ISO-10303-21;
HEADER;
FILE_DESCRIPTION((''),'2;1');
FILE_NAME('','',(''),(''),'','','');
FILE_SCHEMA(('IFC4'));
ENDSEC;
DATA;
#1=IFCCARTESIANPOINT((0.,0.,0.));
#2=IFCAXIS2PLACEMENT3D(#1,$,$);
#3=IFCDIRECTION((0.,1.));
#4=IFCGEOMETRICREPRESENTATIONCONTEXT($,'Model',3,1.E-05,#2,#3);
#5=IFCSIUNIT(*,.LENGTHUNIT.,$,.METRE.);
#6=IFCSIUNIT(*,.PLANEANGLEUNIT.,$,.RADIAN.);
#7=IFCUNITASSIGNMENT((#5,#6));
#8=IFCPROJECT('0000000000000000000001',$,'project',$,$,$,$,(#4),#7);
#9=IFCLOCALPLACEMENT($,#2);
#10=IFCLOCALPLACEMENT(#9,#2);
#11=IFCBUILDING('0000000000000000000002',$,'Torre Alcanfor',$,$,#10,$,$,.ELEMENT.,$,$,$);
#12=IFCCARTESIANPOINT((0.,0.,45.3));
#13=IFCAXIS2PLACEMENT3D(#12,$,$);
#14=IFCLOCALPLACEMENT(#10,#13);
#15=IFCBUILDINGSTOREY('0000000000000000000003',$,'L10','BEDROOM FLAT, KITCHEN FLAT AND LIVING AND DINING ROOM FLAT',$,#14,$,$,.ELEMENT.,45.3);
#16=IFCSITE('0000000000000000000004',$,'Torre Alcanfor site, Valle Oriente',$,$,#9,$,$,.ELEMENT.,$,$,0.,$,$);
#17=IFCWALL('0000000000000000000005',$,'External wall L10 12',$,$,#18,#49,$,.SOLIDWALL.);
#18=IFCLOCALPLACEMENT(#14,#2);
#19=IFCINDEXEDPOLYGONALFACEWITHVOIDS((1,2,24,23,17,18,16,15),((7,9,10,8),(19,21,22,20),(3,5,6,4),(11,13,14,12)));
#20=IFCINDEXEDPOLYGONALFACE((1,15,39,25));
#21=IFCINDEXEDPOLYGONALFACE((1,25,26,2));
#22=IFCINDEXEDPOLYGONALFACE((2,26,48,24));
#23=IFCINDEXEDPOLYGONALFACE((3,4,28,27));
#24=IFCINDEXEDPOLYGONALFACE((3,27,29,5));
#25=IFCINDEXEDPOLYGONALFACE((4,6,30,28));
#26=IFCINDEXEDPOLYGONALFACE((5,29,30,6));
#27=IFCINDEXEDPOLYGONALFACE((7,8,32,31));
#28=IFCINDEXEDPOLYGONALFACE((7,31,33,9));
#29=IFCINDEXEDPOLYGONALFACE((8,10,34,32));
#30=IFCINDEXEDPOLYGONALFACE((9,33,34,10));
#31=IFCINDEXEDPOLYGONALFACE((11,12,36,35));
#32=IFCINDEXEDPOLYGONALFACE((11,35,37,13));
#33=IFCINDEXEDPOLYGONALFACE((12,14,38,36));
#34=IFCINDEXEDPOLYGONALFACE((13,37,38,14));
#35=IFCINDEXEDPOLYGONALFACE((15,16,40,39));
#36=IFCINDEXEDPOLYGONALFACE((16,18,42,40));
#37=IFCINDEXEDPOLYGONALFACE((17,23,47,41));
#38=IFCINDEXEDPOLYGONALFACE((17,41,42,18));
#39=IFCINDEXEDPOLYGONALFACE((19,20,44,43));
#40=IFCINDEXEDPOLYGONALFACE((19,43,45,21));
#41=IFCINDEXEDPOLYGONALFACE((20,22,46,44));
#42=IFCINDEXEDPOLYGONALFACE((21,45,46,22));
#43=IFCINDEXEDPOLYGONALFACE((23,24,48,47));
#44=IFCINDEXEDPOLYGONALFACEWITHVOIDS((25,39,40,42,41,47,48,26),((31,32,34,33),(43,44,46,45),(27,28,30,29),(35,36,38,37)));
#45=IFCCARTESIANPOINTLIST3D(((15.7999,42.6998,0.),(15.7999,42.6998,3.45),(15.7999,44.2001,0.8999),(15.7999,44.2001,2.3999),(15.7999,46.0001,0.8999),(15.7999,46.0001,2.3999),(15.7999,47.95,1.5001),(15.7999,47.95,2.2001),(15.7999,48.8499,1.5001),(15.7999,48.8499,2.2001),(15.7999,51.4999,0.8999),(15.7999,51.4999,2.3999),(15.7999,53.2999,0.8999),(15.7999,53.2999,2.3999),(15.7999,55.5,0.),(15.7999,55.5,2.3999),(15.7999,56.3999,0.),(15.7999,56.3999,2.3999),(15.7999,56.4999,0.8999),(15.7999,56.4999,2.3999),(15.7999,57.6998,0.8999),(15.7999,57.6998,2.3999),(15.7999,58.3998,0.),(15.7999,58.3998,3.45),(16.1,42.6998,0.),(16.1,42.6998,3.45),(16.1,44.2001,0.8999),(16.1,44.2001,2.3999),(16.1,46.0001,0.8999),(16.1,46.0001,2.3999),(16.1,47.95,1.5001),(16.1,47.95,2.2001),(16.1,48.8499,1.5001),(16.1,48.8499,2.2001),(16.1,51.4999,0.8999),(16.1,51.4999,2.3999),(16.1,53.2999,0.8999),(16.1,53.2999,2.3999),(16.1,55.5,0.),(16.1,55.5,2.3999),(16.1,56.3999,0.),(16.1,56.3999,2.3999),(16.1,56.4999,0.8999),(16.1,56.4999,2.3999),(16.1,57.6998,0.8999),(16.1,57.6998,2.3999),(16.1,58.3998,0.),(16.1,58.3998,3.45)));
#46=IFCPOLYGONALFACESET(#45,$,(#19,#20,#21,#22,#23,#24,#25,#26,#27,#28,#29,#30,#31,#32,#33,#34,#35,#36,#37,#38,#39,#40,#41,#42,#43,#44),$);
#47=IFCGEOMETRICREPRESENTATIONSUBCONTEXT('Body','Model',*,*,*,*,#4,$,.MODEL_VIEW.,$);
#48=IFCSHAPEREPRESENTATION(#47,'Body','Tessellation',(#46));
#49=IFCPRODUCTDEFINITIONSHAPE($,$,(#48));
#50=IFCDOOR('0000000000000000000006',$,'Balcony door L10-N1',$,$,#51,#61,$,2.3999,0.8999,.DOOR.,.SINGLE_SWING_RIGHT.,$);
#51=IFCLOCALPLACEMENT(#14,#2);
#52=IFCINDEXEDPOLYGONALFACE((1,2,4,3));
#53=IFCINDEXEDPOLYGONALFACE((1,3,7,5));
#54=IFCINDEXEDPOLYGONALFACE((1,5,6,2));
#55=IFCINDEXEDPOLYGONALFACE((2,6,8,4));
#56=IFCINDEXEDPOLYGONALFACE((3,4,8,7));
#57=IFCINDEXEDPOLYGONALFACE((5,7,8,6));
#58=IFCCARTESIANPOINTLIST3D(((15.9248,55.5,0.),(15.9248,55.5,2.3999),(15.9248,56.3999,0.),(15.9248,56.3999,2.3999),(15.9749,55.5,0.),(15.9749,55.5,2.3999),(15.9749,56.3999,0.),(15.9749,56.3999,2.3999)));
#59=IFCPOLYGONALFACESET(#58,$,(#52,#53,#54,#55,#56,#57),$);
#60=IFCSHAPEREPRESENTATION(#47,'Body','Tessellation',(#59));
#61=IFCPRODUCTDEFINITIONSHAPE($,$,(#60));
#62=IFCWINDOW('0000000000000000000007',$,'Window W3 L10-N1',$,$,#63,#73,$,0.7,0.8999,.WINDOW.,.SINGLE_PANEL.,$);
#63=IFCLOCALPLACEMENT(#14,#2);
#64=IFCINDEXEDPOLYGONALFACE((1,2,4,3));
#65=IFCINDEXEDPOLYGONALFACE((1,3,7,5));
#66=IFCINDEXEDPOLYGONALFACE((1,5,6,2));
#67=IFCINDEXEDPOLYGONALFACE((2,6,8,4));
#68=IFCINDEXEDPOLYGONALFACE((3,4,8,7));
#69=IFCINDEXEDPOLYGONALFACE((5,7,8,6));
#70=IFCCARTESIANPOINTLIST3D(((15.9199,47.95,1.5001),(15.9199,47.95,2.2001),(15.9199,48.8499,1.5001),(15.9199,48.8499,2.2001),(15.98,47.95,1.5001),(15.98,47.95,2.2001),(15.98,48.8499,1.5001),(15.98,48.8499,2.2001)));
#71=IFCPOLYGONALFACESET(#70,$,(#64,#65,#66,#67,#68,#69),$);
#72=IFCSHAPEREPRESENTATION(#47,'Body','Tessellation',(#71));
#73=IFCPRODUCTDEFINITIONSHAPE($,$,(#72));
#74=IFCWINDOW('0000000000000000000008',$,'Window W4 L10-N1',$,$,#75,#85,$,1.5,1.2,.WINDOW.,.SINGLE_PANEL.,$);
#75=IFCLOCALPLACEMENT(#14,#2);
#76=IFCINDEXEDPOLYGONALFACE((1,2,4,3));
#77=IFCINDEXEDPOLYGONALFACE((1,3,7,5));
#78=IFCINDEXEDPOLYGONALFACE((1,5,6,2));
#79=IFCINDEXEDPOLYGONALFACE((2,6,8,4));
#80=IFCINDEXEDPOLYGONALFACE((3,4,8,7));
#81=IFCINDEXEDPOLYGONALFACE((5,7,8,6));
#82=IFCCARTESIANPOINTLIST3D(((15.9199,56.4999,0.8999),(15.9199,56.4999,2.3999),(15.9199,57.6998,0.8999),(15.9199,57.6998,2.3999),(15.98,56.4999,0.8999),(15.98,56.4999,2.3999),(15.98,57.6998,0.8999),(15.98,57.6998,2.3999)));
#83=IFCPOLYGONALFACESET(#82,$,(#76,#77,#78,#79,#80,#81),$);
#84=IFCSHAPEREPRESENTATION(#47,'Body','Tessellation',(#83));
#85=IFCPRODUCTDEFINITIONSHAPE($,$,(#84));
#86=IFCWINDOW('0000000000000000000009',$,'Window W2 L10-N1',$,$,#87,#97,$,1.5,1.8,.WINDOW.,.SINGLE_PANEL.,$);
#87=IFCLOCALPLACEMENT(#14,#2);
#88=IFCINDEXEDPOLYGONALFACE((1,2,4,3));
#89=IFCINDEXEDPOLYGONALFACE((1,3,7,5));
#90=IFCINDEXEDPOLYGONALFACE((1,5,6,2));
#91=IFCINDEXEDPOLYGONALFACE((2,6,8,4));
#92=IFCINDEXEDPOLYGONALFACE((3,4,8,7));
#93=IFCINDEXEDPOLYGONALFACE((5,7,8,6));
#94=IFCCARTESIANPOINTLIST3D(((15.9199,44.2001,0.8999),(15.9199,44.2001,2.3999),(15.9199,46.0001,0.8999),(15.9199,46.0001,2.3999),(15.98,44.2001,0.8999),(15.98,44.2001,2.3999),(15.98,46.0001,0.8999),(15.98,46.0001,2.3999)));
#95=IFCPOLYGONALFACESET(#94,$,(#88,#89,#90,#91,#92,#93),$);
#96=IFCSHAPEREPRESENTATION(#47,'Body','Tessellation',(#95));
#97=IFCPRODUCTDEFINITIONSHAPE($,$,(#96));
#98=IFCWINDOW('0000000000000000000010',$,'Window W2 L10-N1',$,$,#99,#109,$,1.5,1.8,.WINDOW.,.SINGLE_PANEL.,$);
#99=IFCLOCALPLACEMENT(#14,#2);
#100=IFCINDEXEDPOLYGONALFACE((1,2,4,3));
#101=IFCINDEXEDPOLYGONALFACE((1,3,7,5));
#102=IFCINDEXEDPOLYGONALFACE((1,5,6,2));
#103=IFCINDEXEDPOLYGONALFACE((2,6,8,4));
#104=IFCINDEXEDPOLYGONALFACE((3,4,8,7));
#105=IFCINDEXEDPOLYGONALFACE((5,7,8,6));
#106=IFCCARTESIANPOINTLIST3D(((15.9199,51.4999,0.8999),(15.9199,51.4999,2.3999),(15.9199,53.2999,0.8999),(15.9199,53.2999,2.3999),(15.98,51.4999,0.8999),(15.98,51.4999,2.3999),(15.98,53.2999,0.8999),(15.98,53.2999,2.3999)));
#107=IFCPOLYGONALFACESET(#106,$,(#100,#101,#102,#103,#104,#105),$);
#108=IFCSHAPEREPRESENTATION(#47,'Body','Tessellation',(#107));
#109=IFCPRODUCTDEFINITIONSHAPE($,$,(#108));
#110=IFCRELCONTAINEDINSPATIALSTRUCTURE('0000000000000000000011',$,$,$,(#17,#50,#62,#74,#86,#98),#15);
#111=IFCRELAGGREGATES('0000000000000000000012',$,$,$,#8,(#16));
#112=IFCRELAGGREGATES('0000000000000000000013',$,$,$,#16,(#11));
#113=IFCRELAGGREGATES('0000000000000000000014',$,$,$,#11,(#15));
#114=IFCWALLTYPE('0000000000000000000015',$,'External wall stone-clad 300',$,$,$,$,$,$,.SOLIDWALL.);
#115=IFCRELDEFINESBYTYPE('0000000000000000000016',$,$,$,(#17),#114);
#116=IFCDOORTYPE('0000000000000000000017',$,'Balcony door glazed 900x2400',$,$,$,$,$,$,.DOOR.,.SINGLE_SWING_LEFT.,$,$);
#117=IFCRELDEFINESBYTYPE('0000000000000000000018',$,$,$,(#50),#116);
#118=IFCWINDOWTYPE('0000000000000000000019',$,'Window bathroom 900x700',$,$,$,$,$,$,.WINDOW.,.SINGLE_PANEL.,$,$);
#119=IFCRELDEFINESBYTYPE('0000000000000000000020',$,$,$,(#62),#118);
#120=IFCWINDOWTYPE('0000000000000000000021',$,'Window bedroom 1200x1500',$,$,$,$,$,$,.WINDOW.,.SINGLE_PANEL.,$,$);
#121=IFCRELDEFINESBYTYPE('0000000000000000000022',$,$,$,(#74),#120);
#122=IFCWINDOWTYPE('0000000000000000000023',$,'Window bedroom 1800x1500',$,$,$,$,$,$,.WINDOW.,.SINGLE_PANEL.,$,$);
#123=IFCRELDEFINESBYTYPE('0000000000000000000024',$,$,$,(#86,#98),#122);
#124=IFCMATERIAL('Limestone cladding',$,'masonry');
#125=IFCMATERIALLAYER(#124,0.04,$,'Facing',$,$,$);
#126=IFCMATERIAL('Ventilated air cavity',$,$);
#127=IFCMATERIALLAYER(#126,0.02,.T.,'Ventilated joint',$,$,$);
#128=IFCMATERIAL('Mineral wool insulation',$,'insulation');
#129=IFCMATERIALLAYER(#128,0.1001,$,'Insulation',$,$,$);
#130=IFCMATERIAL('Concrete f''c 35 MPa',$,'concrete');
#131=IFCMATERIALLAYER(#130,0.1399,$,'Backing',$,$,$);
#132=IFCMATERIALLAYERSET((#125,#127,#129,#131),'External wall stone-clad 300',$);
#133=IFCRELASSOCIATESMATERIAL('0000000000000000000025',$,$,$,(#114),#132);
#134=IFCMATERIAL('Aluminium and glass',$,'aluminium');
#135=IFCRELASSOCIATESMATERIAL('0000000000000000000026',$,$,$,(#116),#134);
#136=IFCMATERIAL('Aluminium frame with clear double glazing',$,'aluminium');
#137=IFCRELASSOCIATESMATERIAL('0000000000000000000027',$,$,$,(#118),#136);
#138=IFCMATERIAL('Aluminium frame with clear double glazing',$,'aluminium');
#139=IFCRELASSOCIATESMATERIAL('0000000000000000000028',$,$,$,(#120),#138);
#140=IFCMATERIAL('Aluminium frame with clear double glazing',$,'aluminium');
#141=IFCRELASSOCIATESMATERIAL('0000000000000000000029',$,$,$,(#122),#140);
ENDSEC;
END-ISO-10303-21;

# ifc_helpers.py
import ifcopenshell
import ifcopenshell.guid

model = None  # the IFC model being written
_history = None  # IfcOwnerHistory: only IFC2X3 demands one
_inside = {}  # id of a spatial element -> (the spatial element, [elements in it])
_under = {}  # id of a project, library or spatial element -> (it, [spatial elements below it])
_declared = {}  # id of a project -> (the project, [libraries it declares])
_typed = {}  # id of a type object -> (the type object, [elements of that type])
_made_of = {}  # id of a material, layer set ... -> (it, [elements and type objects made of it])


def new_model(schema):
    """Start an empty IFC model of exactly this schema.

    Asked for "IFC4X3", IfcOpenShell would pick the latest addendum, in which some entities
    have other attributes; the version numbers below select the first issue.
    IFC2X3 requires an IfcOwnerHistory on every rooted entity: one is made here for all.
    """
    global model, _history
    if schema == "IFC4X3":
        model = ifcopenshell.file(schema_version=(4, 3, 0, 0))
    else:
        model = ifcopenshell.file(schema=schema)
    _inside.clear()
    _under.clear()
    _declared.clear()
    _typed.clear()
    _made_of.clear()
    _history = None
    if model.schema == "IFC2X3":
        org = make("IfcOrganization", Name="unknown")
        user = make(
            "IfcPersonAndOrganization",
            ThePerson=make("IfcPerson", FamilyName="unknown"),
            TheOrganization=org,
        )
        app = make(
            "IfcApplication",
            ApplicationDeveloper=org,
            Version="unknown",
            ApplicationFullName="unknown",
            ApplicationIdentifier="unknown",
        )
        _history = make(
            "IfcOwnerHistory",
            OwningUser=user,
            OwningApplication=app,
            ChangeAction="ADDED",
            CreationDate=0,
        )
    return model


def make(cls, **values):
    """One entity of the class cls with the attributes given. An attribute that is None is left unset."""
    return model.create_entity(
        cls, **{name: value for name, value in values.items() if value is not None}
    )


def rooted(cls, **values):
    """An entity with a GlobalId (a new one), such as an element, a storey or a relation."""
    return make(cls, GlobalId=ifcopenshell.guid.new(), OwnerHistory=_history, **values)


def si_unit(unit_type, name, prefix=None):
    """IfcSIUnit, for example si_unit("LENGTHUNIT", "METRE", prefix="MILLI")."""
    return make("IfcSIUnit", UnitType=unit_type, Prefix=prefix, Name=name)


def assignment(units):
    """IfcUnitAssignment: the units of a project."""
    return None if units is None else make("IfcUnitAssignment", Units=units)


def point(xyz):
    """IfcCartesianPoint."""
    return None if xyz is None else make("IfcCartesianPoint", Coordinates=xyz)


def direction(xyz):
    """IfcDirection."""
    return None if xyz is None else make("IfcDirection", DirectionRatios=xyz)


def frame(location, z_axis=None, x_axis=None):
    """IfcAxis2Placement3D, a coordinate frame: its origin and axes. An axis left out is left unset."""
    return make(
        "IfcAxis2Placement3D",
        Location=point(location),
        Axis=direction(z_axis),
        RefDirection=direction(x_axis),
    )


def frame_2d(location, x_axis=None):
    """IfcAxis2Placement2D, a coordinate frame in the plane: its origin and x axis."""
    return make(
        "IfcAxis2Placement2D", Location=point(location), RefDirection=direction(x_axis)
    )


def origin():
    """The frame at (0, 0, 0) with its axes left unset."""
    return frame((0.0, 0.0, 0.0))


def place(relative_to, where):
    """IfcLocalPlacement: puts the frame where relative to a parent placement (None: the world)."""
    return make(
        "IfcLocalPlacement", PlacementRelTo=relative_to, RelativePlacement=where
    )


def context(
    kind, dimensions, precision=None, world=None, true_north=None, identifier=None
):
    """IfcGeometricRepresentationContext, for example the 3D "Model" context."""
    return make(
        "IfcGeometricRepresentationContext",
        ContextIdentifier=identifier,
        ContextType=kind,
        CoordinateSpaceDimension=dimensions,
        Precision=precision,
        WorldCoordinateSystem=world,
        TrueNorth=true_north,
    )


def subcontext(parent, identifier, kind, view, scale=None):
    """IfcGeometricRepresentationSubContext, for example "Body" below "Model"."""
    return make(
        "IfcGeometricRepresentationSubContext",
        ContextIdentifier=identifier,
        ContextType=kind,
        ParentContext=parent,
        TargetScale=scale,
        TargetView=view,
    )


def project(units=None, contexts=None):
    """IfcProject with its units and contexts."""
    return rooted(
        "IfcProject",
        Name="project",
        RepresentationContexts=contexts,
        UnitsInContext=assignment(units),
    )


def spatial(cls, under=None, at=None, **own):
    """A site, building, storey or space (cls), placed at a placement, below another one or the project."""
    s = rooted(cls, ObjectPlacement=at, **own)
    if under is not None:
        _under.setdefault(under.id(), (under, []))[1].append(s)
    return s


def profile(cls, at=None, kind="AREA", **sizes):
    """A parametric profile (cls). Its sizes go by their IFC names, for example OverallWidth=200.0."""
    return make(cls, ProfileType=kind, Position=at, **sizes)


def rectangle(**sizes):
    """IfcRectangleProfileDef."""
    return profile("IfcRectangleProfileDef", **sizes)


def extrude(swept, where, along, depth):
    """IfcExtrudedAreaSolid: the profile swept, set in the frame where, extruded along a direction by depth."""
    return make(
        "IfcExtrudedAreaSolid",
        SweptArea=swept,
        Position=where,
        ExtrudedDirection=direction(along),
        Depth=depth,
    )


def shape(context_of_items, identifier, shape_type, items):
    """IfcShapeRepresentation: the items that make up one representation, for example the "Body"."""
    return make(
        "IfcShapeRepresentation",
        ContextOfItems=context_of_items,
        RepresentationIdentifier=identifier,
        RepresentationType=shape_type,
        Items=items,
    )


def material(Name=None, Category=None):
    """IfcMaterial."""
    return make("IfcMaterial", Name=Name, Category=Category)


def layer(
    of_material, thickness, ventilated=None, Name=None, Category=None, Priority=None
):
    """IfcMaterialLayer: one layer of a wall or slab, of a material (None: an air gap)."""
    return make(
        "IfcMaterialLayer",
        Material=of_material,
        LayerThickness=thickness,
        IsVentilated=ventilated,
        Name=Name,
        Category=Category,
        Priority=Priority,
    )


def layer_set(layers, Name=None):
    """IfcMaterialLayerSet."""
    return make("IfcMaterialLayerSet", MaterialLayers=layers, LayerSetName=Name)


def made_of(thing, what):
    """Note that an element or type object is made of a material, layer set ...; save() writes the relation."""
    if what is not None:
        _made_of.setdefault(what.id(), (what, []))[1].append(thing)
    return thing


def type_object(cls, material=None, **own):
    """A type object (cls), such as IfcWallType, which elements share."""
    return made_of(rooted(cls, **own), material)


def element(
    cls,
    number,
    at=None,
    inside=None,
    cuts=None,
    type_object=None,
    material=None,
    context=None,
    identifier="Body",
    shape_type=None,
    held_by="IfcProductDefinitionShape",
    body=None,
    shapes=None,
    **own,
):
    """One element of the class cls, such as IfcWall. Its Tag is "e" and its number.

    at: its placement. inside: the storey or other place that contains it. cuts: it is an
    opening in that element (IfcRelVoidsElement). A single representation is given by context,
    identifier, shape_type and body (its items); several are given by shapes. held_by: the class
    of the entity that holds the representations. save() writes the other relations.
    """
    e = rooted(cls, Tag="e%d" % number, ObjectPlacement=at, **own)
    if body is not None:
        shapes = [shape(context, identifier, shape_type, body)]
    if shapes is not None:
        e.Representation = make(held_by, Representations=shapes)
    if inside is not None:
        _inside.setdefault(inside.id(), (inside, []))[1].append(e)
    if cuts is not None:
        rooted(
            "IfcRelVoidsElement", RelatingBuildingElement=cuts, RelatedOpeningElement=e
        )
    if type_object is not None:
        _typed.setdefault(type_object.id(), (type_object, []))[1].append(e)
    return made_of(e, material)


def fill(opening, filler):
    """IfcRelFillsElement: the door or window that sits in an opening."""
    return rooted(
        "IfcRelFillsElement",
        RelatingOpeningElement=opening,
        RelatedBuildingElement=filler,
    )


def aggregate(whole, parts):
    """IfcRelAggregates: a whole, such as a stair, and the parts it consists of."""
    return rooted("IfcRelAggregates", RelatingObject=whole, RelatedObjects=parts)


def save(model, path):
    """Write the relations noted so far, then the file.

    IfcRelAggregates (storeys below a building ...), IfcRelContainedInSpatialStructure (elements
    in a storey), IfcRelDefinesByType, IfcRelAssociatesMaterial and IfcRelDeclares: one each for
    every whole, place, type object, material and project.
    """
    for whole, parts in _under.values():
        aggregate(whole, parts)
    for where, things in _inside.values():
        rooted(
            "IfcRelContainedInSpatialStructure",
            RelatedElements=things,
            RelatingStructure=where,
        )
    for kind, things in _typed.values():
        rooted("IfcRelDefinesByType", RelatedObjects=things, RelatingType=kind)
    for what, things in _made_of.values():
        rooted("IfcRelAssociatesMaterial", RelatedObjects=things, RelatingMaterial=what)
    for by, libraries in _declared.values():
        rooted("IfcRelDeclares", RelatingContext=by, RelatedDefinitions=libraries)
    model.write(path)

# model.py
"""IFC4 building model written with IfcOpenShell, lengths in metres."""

from ifc_helpers import new_model, si_unit, direction, frame, frame_2d, origin, place, context, subcontext, project, spatial, rectangle, extrude, material, layer, layer_set, type_object, element, fill, save


model = new_model("IFC4")

# Units and contexts
model_context = context("Model", 3, precision=1e-05, world=origin(), true_north=direction((0.0, 1.0)))
body_context = subcontext(model_context, "Body", "Model", "MODEL_VIEW")
ifc_project = project(units=[si_unit("LENGTHUNIT", "METRE"), si_unit("PLANEANGLEUNIT", "RADIAN")], contexts=[model_context])

# Site, building, storey
site_placement = place(None, origin())
site = spatial("IfcSite", under=ifc_project, at=site_placement, Name="Torre Alcanfor site, Valle Oriente", CompositionType="ELEMENT", RefElevation=0.0)
building_placement = place(site_placement, origin())
building = spatial("IfcBuilding", under=site, at=building_placement, Name="Torre Alcanfor", CompositionType="ELEMENT")
storey_placement = place(building_placement, frame((0.0, 0.0, 45.3)))
storey = spatial("IfcBuildingStorey", under=building, at=storey_placement, Name="L10", Description="BEDROOM FLAT, KITCHEN FLAT AND LIVING AND DINING ROOM FLAT", CompositionType="ELEMENT", Elevation=45.3)

# Wall, openings, door, windows
ifc_material_1 = material(Name="Limestone cladding", Category="masonry")
ifc_layer_1 = layer(ifc_material_1, 0.04, Name="Facing")
ifc_material_2 = material(Name="Ventilated air cavity")
ifc_layer_2 = layer(ifc_material_2, 0.02, ventilated=True, Name="Ventilated joint")
ifc_material_3 = material(Name="Mineral wool insulation", Category="insulation")
ifc_layer_3 = layer(ifc_material_3, 0.1001, Name="Insulation")
ifc_material_4 = material(Name="Concrete f'c 35 MPa", Category="concrete")
ifc_layer_4 = layer(ifc_material_4, 0.1399, Name="Backing")
ifc_layer_set_1 = layer_set([ifc_layer_1, ifc_layer_2, ifc_layer_3, ifc_layer_4], Name="External wall stone-clad 300")
wall_type_1 = type_object("IfcWallType", Name="External wall stone-clad 300", PredefinedType="SOLIDWALL", material=ifc_layer_set_1)
ifc_material_5 = material(Name="Aluminium and glass", Category="aluminium")
door_type = type_object("IfcDoorType", Name="Balcony door glazed 900x2400", OperationType="SINGLE_SWING_LEFT", PredefinedType="DOOR", material=ifc_material_5)
ifc_material_6 = material(Name="Aluminium frame with clear double glazing", Category="aluminium")
window_type_1 = type_object("IfcWindowType", Name="Window bathroom 900x700", PartitioningType="SINGLE_PANEL", PredefinedType="WINDOW", material=ifc_material_6)
ifc_material_7 = material(Name="Aluminium frame with clear double glazing", Category="aluminium")
window_type_2 = type_object("IfcWindowType", Name="Window bedroom 1200x1500", PartitioningType="SINGLE_PANEL", PredefinedType="WINDOW", material=ifc_material_7)
ifc_material_8 = material(Name="Aluminium frame with clear double glazing", Category="aluminium")
window_type_3 = type_object("IfcWindowType", Name="Window bedroom 1800x1500", PartitioningType="SINGLE_PANEL", PredefinedType="WINDOW", material=ifc_material_8)
wall_1_placement = place(storey_placement, frame((15.95, 58.3999, 0.0), z_axis=(0.0, 0.0, 1.0), x_axis=(0.0, -1.0, 0.0)))
wall_1 = element("IfcWall", 1, at=wall_1_placement, inside=storey, type_object=wall_type_1, Name="External wall L10 12", PredefinedType="SOLIDWALL", context=body_context, shape_type="SweptSolid", body=[
    extrude(rectangle(XDim=15.7, YDim=0.3, at=frame_2d((7.8501, 0.0))), origin(), (0.0, 0.0, 1.0), 3.45),
])
opening_1_placement = place(wall_1_placement, frame((12.3999, 0.0, 0.8999)))
opening_1 = element("IfcOpeningElement", 2, at=opening_1_placement, cuts=wall_1, PredefinedType="OPENING", context=body_context, shape_type="SweptSolid", body=[
    extrude(rectangle(XDim=1.8, YDim=1.5, at=frame_2d((0.8999, 0.75))), frame((0.0, 0.1599, 0.0), z_axis=(0.0, -1.0, 0.0), x_axis=(1.0, 0.0, 0.0)), (0.0, 0.0, 1.0), 0.3201),
])
opening_2_placement = place(wall_1_placement, frame((9.55, 0.0, 1.5)))
opening_2 = element("IfcOpeningElement", 3, at=opening_2_placement, cuts=wall_1, PredefinedType="OPENING", context=body_context, shape_type="SweptSolid", body=[
    extrude(rectangle(XDim=0.8999, YDim=0.7, at=frame_2d((0.45, 0.3501))), frame((0.0, 0.1599, 0.0), z_axis=(0.0, -1.0, 0.0), x_axis=(1.0, 0.0, 0.0)), (0.0, 0.0, 1.0), 0.3201),
])
opening_3_placement = place(wall_1_placement, frame((5.1001, 0.0, 0.8999)))
opening_3 = element("IfcOpeningElement", 4, at=opening_3_placement, cuts=wall_1, PredefinedType="OPENING", context=body_context, shape_type="SweptSolid", body=[
    extrude(rectangle(XDim=1.8, YDim=1.5, at=frame_2d((0.8999, 0.75))), frame((0.0, 0.1599, 0.0), z_axis=(0.0, -1.0, 0.0), x_axis=(1.0, 0.0, 0.0)), (0.0, 0.0, 1.0), 0.3201),
])
opening_4_placement = place(wall_1_placement, frame((2.0, 0.0, 0.0)))
opening_4 = element("IfcOpeningElement", 5, at=opening_4_placement, cuts=wall_1, PredefinedType="OPENING", context=body_context, shape_type="SweptSolid", body=[
    extrude(rectangle(XDim=0.8999, YDim=2.3999, at=frame_2d((0.45, 1.2))), frame((0.0, 0.1599, 0.0), z_axis=(0.0, -1.0, 0.0), x_axis=(1.0, 0.0, 0.0)), (0.0, 0.0, 1.0), 0.3201),
])
opening_5_placement = place(wall_1_placement, frame((0.7, 0.0, 0.8999)))
opening_5 = element("IfcOpeningElement", 6, at=opening_5_placement, cuts=wall_1, PredefinedType="OPENING", context=body_context, shape_type="SweptSolid", body=[
    extrude(rectangle(XDim=1.2, YDim=1.5, at=frame_2d((0.6001, 0.75))), frame((0.0, 0.1599, 0.0), z_axis=(0.0, -1.0, 0.0), x_axis=(1.0, 0.0, 0.0)), (0.0, 0.0, 1.0), 0.3201),
])
door_1_placement = place(opening_4_placement, origin())
door_1 = element("IfcDoor", 7, at=door_1_placement, inside=storey, type_object=door_type, Name="Balcony door L10-N1", OperationType="SINGLE_SWING_RIGHT", OverallHeight=2.3999, OverallWidth=0.8999, PredefinedType="DOOR", context=body_context, shape_type="SweptSolid", body=[
    extrude(rectangle(XDim=0.8999, YDim=2.3999, at=frame_2d((0.45, 1.2))), frame((0.0, 0.0249, 0.0), z_axis=(0.0, -1.0, 0.0), x_axis=(1.0, 0.0, 0.0)), (0.0, 0.0, 1.0), 0.05),
])
fill(opening_4, door_1)
window_1_placement = place(opening_2_placement, origin())
window_1 = element("IfcWindow", 8, at=window_1_placement, inside=storey, type_object=window_type_1, Name="Window W3 L10-N1", OverallHeight=0.7, OverallWidth=0.8999, PartitioningType="SINGLE_PANEL", PredefinedType="WINDOW", context=body_context, shape_type="SweptSolid", body=[
    extrude(rectangle(XDim=0.8999, YDim=0.7, at=frame_2d((0.45, 0.3501))), frame((0.0, 0.03, 0.0), z_axis=(0.0, -1.0, 0.0), x_axis=(1.0, 0.0, 0.0)), (0.0, 0.0, 1.0), 0.0601),
])
fill(opening_2, window_1)
window_2_placement = place(opening_5_placement, origin())
window_2 = element("IfcWindow", 9, at=window_2_placement, inside=storey, type_object=window_type_2, Name="Window W4 L10-N1", OverallHeight=1.5, OverallWidth=1.2, PartitioningType="SINGLE_PANEL", PredefinedType="WINDOW", context=body_context, shape_type="SweptSolid", body=[
    extrude(rectangle(XDim=1.2, YDim=1.5, at=frame_2d((0.6001, 0.75))), frame((0.0, 0.03, 0.0), z_axis=(0.0, -1.0, 0.0), x_axis=(1.0, 0.0, 0.0)), (0.0, 0.0, 1.0), 0.0601),
])
fill(opening_5, window_2)
window_3_placement = place(opening_1_placement, origin())
window_3 = element("IfcWindow", 10, at=window_3_placement, inside=storey, type_object=window_type_3, Name="Window W2 L10-N1", OverallHeight=1.5, OverallWidth=1.8, PartitioningType="SINGLE_PANEL", PredefinedType="WINDOW", context=body_context, shape_type="SweptSolid", body=[
    extrude(rectangle(XDim=1.8, YDim=1.5, at=frame_2d((0.8999, 0.75))), frame((0.0, 0.03, 0.0), z_axis=(0.0, -1.0, 0.0), x_axis=(1.0, 0.0, 0.0)), (0.0, 0.0, 1.0), 0.0601),
])
fill(opening_1, window_3)
window_4_placement = place(opening_3_placement, origin())
window_4 = element("IfcWindow", 11, at=window_4_placement, inside=storey, type_object=window_type_3, Name="Window W2 L10-N1", OverallHeight=1.5, OverallWidth=1.8, PartitioningType="SINGLE_PANEL", PredefinedType="WINDOW", context=body_context, shape_type="SweptSolid", body=[
    extrude(rectangle(XDim=1.8, YDim=1.5, at=frame_2d((0.8999, 0.75))), frame((0.0, 0.03, 0.0), z_axis=(0.0, -1.0, 0.0), x_axis=(1.0, 0.0, 0.0)), (0.0, 0.0, 1.0), 0.0601),
])
fill(opening_3, window_4)

save(model, "model.ifc")
